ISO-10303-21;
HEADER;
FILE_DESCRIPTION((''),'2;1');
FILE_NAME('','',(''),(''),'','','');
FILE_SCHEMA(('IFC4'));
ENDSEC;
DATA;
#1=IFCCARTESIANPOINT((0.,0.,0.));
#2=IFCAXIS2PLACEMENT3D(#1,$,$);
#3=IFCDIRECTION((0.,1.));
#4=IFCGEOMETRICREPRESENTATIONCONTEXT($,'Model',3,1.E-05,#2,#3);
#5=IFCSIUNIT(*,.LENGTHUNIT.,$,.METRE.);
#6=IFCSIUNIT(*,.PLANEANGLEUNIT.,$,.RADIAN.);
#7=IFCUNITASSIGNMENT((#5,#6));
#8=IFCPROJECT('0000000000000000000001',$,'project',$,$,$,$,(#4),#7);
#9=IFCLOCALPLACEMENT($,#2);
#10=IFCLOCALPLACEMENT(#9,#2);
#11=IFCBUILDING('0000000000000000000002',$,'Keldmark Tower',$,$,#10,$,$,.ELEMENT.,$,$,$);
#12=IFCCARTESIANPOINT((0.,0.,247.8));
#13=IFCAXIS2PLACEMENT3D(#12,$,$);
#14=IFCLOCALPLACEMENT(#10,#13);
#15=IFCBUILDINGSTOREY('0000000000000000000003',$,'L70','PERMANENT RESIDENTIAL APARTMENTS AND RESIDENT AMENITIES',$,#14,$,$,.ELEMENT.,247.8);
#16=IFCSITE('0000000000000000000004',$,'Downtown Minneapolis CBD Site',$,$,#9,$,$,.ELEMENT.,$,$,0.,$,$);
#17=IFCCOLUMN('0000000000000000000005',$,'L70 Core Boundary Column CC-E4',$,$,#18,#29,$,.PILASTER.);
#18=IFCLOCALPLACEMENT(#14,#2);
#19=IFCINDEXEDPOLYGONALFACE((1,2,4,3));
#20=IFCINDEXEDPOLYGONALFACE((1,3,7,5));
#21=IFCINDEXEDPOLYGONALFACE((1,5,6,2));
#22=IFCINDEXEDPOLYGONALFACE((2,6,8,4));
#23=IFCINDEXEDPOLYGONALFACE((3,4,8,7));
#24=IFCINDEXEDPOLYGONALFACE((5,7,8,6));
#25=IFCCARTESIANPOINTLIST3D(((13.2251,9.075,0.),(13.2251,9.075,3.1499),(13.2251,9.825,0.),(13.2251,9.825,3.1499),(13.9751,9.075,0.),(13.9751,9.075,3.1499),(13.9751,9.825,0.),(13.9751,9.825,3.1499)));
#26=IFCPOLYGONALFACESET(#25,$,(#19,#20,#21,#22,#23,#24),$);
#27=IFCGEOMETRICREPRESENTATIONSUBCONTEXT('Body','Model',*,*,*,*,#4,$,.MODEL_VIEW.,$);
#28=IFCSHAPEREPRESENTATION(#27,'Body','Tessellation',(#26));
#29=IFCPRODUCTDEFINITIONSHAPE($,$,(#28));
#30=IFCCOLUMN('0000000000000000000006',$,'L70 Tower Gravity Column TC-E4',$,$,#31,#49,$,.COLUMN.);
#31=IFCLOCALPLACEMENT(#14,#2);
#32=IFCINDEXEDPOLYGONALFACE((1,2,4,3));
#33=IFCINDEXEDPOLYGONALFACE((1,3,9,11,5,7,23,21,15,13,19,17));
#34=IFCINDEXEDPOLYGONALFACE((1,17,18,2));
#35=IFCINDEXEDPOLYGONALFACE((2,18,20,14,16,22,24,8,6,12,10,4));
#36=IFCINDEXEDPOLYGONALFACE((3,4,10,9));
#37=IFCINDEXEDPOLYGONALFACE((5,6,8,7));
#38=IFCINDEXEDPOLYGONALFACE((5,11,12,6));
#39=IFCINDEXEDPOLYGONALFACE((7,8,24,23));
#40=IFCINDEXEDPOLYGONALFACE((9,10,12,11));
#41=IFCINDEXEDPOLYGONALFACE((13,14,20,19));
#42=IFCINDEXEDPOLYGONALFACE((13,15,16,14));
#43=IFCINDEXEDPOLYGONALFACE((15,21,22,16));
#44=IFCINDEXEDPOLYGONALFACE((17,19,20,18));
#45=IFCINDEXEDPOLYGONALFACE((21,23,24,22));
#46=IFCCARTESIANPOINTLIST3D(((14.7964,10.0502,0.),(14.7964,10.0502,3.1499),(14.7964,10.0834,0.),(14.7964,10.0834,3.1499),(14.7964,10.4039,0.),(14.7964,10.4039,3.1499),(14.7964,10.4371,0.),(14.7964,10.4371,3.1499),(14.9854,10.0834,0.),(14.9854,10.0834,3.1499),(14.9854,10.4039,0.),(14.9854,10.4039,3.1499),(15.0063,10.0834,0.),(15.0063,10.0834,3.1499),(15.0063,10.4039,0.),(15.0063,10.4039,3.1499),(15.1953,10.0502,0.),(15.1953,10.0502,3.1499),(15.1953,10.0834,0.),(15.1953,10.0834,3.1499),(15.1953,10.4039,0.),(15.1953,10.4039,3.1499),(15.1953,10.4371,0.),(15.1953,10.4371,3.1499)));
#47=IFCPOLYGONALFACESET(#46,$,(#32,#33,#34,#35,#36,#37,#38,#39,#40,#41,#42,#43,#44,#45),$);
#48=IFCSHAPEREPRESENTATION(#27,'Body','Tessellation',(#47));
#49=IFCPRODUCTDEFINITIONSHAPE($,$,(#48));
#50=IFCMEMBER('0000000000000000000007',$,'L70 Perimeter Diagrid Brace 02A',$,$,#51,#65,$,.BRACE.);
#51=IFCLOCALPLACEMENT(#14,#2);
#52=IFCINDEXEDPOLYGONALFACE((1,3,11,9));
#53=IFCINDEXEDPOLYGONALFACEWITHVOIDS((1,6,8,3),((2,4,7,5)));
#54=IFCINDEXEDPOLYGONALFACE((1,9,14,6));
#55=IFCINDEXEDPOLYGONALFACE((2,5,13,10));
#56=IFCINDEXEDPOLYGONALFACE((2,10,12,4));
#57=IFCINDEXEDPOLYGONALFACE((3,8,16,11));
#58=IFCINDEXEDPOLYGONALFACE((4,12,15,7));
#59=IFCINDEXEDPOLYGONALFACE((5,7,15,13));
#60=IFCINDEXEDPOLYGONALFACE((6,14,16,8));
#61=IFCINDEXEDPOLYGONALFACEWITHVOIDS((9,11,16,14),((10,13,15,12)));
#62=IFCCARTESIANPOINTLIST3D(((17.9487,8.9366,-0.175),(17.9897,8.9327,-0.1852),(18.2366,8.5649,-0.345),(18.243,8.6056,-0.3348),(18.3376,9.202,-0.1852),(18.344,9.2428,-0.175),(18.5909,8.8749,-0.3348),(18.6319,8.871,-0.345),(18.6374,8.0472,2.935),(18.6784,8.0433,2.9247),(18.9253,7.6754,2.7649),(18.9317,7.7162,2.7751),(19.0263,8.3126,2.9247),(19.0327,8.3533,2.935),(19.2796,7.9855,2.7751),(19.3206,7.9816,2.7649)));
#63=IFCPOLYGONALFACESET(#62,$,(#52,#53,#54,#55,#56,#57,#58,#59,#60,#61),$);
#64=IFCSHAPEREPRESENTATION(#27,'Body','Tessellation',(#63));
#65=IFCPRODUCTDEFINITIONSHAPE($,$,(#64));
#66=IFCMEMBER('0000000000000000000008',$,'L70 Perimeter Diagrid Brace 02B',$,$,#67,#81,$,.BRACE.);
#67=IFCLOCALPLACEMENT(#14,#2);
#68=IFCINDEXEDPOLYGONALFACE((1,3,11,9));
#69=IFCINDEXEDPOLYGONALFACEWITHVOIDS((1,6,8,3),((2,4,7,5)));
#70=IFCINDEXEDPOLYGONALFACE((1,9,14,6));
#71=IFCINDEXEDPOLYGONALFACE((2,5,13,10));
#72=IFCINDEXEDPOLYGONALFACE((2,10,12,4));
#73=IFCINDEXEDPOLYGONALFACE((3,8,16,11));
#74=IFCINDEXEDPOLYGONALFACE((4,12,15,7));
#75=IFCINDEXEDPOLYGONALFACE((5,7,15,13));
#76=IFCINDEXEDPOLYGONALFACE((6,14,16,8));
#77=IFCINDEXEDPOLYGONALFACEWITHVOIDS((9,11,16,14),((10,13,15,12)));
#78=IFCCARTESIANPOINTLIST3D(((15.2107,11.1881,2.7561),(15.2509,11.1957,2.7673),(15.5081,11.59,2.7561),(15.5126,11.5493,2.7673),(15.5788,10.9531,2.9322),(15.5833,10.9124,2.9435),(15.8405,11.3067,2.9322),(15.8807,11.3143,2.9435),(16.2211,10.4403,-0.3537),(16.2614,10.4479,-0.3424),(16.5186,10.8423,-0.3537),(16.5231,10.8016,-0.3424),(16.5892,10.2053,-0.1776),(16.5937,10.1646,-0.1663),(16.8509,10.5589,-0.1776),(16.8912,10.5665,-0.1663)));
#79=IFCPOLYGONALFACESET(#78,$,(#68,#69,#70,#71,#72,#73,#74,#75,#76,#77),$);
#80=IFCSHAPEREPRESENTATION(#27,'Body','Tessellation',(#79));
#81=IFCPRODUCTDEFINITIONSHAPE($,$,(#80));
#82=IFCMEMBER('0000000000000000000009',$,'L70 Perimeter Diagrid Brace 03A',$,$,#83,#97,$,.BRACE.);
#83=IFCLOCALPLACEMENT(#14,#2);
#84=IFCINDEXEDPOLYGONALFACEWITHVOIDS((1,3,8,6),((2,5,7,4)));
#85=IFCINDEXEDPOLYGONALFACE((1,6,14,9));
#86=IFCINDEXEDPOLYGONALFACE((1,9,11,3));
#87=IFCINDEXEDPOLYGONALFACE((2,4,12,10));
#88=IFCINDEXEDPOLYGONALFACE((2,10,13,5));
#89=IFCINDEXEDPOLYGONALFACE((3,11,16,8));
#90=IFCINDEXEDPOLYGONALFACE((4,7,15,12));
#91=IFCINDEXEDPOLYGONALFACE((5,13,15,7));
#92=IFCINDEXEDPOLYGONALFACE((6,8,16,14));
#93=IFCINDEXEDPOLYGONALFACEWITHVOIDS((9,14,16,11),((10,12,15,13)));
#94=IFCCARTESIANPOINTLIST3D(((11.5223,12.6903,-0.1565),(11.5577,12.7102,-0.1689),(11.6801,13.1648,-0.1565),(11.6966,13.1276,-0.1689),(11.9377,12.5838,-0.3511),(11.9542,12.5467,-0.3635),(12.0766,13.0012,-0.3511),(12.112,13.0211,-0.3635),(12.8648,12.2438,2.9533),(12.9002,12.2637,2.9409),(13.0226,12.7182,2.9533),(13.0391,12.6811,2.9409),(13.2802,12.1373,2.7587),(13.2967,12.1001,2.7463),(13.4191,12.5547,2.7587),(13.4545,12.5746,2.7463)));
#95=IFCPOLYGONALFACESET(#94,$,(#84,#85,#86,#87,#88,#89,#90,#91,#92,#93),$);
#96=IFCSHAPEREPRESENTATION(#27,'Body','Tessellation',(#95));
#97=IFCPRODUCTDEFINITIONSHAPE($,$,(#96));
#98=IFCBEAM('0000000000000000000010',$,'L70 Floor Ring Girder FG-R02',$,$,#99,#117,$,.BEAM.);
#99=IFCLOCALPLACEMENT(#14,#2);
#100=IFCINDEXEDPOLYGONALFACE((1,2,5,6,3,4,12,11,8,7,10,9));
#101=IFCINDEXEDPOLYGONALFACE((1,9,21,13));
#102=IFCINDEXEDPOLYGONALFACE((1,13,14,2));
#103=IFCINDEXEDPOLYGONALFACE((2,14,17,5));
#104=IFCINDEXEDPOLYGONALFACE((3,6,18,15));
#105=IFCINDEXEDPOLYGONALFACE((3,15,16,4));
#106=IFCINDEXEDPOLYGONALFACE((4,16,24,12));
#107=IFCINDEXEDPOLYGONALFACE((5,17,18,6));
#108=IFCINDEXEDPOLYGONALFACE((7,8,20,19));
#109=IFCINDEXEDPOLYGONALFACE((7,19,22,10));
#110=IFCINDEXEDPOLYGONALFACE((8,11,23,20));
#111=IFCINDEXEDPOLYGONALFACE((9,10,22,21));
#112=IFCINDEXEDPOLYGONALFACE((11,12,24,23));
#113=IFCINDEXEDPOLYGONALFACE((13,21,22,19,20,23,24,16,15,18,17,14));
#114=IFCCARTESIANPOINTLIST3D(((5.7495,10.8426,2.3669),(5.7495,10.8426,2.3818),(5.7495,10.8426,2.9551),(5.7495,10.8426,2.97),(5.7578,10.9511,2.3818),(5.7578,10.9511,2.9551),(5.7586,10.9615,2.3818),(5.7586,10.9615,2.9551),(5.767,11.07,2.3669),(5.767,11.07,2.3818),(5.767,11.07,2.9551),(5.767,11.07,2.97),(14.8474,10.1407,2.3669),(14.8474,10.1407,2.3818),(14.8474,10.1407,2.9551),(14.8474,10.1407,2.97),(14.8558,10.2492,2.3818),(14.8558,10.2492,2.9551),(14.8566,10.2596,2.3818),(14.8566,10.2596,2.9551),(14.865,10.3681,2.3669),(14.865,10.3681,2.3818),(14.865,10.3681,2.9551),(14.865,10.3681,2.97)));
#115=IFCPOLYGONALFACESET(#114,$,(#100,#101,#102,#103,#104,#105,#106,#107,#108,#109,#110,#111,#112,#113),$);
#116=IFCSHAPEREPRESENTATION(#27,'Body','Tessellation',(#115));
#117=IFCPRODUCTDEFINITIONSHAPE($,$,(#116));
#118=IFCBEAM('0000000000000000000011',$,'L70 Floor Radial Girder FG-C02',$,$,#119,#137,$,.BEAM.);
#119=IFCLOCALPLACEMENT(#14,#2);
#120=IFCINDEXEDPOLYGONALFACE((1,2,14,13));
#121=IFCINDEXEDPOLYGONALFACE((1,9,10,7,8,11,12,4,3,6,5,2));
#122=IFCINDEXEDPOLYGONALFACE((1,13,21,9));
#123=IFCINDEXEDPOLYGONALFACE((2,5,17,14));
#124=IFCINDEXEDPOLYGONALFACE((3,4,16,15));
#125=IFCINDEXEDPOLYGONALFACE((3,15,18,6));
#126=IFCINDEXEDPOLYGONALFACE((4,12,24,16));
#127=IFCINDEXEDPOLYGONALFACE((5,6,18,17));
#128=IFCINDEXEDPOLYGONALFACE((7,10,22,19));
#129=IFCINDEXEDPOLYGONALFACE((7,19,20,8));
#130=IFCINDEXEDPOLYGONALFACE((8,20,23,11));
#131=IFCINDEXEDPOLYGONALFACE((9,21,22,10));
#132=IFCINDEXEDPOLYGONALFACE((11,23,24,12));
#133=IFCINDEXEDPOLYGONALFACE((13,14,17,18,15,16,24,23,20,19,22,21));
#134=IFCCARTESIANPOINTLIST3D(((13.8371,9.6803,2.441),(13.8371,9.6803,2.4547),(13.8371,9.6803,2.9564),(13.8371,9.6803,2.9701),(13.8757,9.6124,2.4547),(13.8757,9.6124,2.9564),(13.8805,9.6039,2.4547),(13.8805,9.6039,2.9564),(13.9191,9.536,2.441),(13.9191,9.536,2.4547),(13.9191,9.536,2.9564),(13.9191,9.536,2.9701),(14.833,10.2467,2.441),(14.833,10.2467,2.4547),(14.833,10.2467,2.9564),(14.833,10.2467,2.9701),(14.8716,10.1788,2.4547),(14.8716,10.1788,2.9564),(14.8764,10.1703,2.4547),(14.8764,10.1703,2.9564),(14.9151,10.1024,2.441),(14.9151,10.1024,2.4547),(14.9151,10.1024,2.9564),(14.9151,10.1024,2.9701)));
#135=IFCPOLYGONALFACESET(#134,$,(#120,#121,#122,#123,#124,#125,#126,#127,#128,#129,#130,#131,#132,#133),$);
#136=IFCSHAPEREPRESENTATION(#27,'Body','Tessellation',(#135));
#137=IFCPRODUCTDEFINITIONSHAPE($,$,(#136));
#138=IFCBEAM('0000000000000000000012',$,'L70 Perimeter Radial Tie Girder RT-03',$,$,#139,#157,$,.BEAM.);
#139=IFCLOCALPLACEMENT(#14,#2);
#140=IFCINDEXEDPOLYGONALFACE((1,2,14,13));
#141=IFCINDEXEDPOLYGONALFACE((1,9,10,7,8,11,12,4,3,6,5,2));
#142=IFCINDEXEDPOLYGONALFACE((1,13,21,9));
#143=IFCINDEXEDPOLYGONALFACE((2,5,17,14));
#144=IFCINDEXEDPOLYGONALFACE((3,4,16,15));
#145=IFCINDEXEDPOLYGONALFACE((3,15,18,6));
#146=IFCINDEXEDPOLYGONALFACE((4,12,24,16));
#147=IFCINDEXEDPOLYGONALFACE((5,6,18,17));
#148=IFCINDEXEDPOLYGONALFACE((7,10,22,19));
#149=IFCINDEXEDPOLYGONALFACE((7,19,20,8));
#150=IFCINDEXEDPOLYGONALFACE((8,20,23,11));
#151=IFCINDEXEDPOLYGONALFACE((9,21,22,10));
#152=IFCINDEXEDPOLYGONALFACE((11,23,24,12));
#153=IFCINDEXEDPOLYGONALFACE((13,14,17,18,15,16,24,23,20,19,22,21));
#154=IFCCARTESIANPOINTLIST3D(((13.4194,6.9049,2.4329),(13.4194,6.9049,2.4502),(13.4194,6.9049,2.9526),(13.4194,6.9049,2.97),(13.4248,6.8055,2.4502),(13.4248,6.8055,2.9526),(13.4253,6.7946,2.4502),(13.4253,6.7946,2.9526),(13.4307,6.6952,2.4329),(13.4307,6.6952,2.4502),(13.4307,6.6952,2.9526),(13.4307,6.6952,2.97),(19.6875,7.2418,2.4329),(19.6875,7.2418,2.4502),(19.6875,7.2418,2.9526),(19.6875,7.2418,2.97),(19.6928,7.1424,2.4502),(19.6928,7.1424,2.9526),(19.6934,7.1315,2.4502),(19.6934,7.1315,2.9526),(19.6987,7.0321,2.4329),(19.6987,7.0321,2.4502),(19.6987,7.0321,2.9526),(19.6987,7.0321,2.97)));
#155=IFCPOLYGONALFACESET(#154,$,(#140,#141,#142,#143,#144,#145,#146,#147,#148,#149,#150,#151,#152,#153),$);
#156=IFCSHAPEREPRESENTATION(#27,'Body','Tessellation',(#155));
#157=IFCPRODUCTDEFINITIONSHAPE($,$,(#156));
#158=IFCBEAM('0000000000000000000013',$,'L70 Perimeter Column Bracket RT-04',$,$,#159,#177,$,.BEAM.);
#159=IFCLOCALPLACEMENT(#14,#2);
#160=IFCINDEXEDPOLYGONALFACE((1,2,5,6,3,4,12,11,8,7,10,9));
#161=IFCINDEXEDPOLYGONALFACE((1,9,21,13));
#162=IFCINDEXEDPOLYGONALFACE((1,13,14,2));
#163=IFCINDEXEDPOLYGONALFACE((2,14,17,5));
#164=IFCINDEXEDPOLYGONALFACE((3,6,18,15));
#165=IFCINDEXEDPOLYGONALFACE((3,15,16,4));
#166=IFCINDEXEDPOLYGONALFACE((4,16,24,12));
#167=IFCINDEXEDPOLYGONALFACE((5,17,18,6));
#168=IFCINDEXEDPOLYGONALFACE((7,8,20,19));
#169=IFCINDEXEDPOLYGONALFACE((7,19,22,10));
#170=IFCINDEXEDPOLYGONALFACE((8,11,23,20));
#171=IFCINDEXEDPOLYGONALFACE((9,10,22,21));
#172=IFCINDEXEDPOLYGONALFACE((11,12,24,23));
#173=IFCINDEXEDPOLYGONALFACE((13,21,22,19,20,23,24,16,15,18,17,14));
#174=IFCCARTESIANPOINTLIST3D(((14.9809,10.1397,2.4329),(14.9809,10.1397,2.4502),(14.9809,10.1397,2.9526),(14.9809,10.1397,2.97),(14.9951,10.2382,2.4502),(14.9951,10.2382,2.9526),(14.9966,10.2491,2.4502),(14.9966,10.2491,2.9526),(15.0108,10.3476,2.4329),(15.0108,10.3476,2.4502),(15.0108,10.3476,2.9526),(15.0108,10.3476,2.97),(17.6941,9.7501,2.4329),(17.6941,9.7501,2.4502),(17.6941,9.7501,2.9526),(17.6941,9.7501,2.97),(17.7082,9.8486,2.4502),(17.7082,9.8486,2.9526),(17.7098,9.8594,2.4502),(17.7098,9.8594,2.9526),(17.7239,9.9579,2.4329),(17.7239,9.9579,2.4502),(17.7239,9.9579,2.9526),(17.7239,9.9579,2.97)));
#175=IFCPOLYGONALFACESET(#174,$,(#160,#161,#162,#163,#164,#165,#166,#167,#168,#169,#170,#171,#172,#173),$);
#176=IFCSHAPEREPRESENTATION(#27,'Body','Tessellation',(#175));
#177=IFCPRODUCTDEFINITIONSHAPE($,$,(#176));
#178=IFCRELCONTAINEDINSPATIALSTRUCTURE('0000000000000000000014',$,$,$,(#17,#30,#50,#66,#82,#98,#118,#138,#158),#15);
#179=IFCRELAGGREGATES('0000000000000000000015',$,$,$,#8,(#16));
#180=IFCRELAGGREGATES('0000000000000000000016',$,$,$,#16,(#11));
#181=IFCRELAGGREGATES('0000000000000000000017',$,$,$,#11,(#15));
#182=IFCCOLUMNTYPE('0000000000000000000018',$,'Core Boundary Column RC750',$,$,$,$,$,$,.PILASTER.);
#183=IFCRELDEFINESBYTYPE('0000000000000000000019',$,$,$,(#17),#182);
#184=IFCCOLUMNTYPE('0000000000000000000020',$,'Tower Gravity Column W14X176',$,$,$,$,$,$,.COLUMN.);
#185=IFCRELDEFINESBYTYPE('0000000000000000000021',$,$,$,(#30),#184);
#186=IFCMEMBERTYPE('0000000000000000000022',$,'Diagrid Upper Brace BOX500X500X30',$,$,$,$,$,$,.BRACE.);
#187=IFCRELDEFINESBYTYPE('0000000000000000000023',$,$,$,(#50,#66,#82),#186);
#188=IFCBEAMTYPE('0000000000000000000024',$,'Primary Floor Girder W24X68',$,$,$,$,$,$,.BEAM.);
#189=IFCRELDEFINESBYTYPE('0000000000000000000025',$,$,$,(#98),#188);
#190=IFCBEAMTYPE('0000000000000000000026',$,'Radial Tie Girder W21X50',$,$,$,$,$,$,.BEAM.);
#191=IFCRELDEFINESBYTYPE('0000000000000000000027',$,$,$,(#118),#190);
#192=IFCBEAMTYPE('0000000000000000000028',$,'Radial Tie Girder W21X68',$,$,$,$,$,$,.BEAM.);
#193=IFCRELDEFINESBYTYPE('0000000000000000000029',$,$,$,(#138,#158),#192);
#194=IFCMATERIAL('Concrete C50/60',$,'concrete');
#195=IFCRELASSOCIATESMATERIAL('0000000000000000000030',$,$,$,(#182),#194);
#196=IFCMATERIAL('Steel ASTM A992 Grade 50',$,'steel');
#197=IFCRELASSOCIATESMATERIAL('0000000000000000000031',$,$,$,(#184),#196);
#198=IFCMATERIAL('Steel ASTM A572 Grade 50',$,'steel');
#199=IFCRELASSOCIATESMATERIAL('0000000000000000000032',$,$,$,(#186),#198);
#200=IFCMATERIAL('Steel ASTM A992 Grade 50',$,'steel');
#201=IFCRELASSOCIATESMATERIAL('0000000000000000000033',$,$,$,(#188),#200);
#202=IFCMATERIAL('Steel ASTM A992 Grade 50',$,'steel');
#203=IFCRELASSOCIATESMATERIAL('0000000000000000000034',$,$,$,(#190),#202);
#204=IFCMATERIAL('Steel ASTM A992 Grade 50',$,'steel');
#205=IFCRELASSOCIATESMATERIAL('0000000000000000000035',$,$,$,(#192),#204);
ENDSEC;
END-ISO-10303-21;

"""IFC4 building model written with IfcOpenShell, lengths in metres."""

from ifc_helpers import new_model, si_unit, direction, frame, origin, origin_2d, place, context, subcontext, project, spatial, rectangle, hollow_rectangle, i_section, extrude, material, material_profile, profile_set, type_object, element, save


model = new_model("IFC4")

# Units and contexts
model_context = context("Model", 3, precision=1e-05, world=origin(), true_north=direction((0.0, 1.0)))
body_context = subcontext(model_context, "Body", "Model", "MODEL_VIEW")
ifc_project = project(units=[si_unit("LENGTHUNIT", "METRE"), si_unit("PLANEANGLEUNIT", "RADIAN")], contexts=[model_context])

# Site, building, storey
site_placement = place(None, origin())
site = spatial("IfcSite", under=ifc_project, at=site_placement, Name="Downtown Minneapolis CBD Site", CompositionType="ELEMENT", RefElevation=0.0)
building_placement = place(site_placement, origin())
building = spatial("IfcBuilding", under=site, at=building_placement, Name="Keldmark Tower", CompositionType="ELEMENT")
storey_placement = place(building_placement, frame((0.0, 0.0, 247.8)))
storey = spatial("IfcBuildingStorey", under=building, at=storey_placement, Name="L70", Description="PERMANENT RESIDENTIAL APARTMENTS AND RESIDENT AMENITIES", CompositionType="ELEMENT", Elevation=247.8)

# Columns
ifc_material_1 = material(Name="Concrete C50/60", Category="concrete")
ifc_material_profile_1 = material_profile(ifc_material_1, rectangle(XDim=0.75, YDim=0.75, at=origin_2d()), Name="RC750X750")
ifc_profile_set_1 = profile_set([ifc_material_profile_1], Name="Concrete C50/60")
column_type_1 = type_object("IfcColumnType", Name="Core Boundary Column RC750", PredefinedType="PILASTER", material=ifc_profile_set_1)
column_1_placement = place(storey_placement, frame((13.6001, 9.45, 0.0), z_axis=(0.0, 0.0, 1.0), x_axis=(1.0, 0.0, 0.0)))
element("IfcColumn", 1, at=column_1_placement, inside=storey, type_object=column_type_1, Name="L70 Core Boundary Column CC-E4", PredefinedType="PILASTER", context=body_context, shape_type="SweptSolid", body=[
    extrude(rectangle(XDim=0.75, YDim=0.75, at=origin_2d()), origin(), (0.0, 0.0, 1.0), 3.1499),
])
ifc_material_2 = material(Name="Steel ASTM A992 Grade 50", Category="steel")
ifc_material_profile_2 = material_profile(ifc_material_2, i_section(OverallWidth=0.3989, OverallDepth=0.387, WebThickness=0.021, FlangeThickness=0.0332, at=origin_2d()), Name="W14X176")
ifc_profile_set_2 = profile_set([ifc_material_profile_2], Name="Steel ASTM A992 Grade 50")
column_type_2 = type_object("IfcColumnType", Name="Tower Gravity Column W14X176", PredefinedType="COLUMN", material=ifc_profile_set_2)
column_2_placement = place(storey_placement, frame((14.9958, 10.2437, 0.0), z_axis=(0.0, 0.0, 1.0), x_axis=(1.0, 0.0, 0.0)))
element("IfcColumn", 2, at=column_2_placement, inside=storey, type_object=column_type_2, Name="L70 Tower Gravity Column TC-E4", PredefinedType="COLUMN", context=body_context, shape_type="SweptSolid", body=[
    extrude(i_section(OverallWidth=0.3989, OverallDepth=0.387, WebThickness=0.021, FlangeThickness=0.0332, at=origin_2d()), origin(), (0.0, 0.0, 1.0), 3.1499),
])

# Members
ifc_material_3 = material(Name="Steel ASTM A572 Grade 50", Category="steel")
ifc_material_profile_3 = material_profile(ifc_material_3, hollow_rectangle(XDim=0.5, YDim=0.5, WallThickness=0.03, at=origin_2d()), Name="BOX500X500X30")
ifc_profile_set_3 = profile_set([ifc_material_profile_3], Name="Steel ASTM A572 Grade 50")
member_type = type_object("IfcMemberType", Name="Diagrid Upper Brace BOX500X500X30", PredefinedType="BRACE", material=ifc_profile_set_3)
member_1_placement = place(storey_placement, frame((18.2903, 8.9038, -0.26), z_axis=(0.208258, -0.268941, 0.940372), x_axis=(0.790659, 0.612256, 0.0)))
element("IfcMember", 3, at=member_1_placement, inside=storey, type_object=member_type, Name="L70 Perimeter Diagrid Brace 02A", PredefinedType="BRACE", context=body_context, shape_type="SweptSolid", body=[
    extrude(hollow_rectangle(XDim=0.5, YDim=0.5, WallThickness=0.03, at=origin_2d()), origin(), (0.0, 0.0, 1.0), 3.3071),
])
member_2_placement = place(storey_placement, frame((16.5562, 10.5034, -0.26), z_axis=(-0.301251, 0.222936, 0.927118), x_axis=(-0.594861, -0.803829, 0.0)))
element("IfcMember", 4, at=member_2_placement, inside=storey, type_object=member_type, Name="L70 Perimeter Diagrid Brace 02B", PredefinedType="BRACE", context=body_context, shape_type="SweptSolid", body=[
    extrude(hollow_rectangle(XDim=0.5, YDim=0.5, WallThickness=0.03, at=origin_2d()), origin(), (0.0, 0.0, 1.0), 3.3542),
])
member_3_placement = place(storey_placement, frame((11.8171, 12.8557, -0.26), z_axis=(0.392945, -0.130696, 0.910227), x_axis=(0.315606, 0.94889, 0.0)))
element("IfcMember", 5, at=member_3_placement, inside=storey, type_object=member_type, Name="L70 Perimeter Diagrid Brace 03A", PredefinedType="BRACE", context=body_context, shape_type="SweptSolid", body=[
    extrude(hollow_rectangle(XDim=0.5, YDim=0.5, WallThickness=0.03, at=origin_2d()), origin(), (0.0, 0.0, 1.0), 3.4165),
])

# Beams
ifc_material_4 = material(Name="Steel ASTM A992 Grade 50", Category="steel")
ifc_material_profile_4 = material_profile(ifc_material_4, i_section(OverallWidth=0.228, OverallDepth=0.603, WebThickness=0.0105, FlangeThickness=0.0149, at=origin_2d()), Name="W24X68")
ifc_profile_set_4 = profile_set([ifc_material_profile_4], Name="Steel ASTM A992 Grade 50")
beam_type_1 = type_object("IfcBeamType", Name="Primary Floor Girder W24X68", PredefinedType="BEAM", material=ifc_profile_set_4)
beam_1_placement = place(storey_placement, frame((14.8562, 10.2544, 2.6685), z_axis=(-0.997037, 0.076922, 0.0), x_axis=(-0.076922, -0.997037, 0.0)))
element("IfcBeam", 6, at=beam_1_placement, inside=storey, type_object=beam_type_1, Name="L70 Floor Ring Girder FG-R02", PredefinedType="BEAM", context=body_context, shape_type="SweptSolid", body=[
    extrude(i_section(OverallWidth=0.228, OverallDepth=0.603, WebThickness=0.0105, FlangeThickness=0.0149, at=origin_2d()), origin(), (0.0, 0.0, 1.0), 9.125),
])
ifc_material_5 = material(Name="Steel ASTM A992 Grade 50", Category="steel")
ifc_material_profile_5 = material_profile(ifc_material_5, i_section(OverallWidth=0.166, OverallDepth=0.5291, WebThickness=0.0098, FlangeThickness=0.0137, at=origin_2d()), Name="W21X50")
ifc_profile_set_5 = profile_set([ifc_material_profile_5], Name="Steel ASTM A992 Grade 50")
beam_type_2 = type_object("IfcBeamType", Name="Radial Tie Girder W21X50", PredefinedType="BEAM", material=ifc_profile_set_5)
beam_2_placement = place(storey_placement, frame((14.874, 10.1746, 2.7056), z_axis=(-0.869238, -0.494394, 0.0), x_axis=(0.494394, -0.869238, 0.0)))
element("IfcBeam", 7, at=beam_2_placement, inside=storey, type_object=beam_type_2, Name="L70 Floor Radial Girder FG-C02", PredefinedType="BEAM", context=body_context, shape_type="SweptSolid", body=[
    extrude(i_section(OverallWidth=0.166, OverallDepth=0.5291, WebThickness=0.0098, FlangeThickness=0.0137, at=origin_2d()), origin(), (0.0, 0.0, 1.0), 1.1458),
])
ifc_material_6 = material(Name="Steel ASTM A992 Grade 50", Category="steel")
ifc_material_profile_6 = material_profile(ifc_material_6, i_section(OverallWidth=0.21, OverallDepth=0.5371, WebThickness=0.011, FlangeThickness=0.0173, at=origin_2d()), Name="W21X68")
ifc_profile_set_6 = profile_set([ifc_material_profile_6], Name="Steel ASTM A992 Grade 50")
beam_type_3 = type_object("IfcBeamType", Name="Radial Tie Girder W21X68", PredefinedType="BEAM", material=ifc_profile_set_6)
beam_3_placement = place(storey_placement, frame((13.425, 6.8, 2.7014), z_axis=(0.998559, 0.053673, 0.0), x_axis=(-0.053673, 0.998559, 0.0)))
element("IfcBeam", 8, at=beam_3_placement, inside=storey, type_object=beam_type_3, Name="L70 Perimeter Radial Tie Girder RT-03", PredefinedType="BEAM", context=body_context, shape_type="SweptSolid", body=[
    extrude(i_section(OverallWidth=0.21, OverallDepth=0.5371, WebThickness=0.011, FlangeThickness=0.0173, at=origin_2d()), origin(), (0.0, 0.0, 1.0), 6.2771),
])
beam_4_placement = place(storey_placement, frame((14.9958, 10.2437, 2.7014), z_axis=(0.989844, -0.142157, 0.0), x_axis=(0.142157, 0.989844, 0.0)))
element("IfcBeam", 9, at=beam_4_placement, inside=storey, type_object=beam_type_3, Name="L70 Perimeter Column Bracket RT-04", PredefinedType="BEAM", context=body_context, shape_type="SweptSolid", body=[
    extrude(i_section(OverallWidth=0.21, OverallDepth=0.5371, WebThickness=0.011, FlangeThickness=0.0173, at=origin_2d()), origin(), (0.0, 0.0, 1.0), 2.741),
])

save(model, "model.ifc")
